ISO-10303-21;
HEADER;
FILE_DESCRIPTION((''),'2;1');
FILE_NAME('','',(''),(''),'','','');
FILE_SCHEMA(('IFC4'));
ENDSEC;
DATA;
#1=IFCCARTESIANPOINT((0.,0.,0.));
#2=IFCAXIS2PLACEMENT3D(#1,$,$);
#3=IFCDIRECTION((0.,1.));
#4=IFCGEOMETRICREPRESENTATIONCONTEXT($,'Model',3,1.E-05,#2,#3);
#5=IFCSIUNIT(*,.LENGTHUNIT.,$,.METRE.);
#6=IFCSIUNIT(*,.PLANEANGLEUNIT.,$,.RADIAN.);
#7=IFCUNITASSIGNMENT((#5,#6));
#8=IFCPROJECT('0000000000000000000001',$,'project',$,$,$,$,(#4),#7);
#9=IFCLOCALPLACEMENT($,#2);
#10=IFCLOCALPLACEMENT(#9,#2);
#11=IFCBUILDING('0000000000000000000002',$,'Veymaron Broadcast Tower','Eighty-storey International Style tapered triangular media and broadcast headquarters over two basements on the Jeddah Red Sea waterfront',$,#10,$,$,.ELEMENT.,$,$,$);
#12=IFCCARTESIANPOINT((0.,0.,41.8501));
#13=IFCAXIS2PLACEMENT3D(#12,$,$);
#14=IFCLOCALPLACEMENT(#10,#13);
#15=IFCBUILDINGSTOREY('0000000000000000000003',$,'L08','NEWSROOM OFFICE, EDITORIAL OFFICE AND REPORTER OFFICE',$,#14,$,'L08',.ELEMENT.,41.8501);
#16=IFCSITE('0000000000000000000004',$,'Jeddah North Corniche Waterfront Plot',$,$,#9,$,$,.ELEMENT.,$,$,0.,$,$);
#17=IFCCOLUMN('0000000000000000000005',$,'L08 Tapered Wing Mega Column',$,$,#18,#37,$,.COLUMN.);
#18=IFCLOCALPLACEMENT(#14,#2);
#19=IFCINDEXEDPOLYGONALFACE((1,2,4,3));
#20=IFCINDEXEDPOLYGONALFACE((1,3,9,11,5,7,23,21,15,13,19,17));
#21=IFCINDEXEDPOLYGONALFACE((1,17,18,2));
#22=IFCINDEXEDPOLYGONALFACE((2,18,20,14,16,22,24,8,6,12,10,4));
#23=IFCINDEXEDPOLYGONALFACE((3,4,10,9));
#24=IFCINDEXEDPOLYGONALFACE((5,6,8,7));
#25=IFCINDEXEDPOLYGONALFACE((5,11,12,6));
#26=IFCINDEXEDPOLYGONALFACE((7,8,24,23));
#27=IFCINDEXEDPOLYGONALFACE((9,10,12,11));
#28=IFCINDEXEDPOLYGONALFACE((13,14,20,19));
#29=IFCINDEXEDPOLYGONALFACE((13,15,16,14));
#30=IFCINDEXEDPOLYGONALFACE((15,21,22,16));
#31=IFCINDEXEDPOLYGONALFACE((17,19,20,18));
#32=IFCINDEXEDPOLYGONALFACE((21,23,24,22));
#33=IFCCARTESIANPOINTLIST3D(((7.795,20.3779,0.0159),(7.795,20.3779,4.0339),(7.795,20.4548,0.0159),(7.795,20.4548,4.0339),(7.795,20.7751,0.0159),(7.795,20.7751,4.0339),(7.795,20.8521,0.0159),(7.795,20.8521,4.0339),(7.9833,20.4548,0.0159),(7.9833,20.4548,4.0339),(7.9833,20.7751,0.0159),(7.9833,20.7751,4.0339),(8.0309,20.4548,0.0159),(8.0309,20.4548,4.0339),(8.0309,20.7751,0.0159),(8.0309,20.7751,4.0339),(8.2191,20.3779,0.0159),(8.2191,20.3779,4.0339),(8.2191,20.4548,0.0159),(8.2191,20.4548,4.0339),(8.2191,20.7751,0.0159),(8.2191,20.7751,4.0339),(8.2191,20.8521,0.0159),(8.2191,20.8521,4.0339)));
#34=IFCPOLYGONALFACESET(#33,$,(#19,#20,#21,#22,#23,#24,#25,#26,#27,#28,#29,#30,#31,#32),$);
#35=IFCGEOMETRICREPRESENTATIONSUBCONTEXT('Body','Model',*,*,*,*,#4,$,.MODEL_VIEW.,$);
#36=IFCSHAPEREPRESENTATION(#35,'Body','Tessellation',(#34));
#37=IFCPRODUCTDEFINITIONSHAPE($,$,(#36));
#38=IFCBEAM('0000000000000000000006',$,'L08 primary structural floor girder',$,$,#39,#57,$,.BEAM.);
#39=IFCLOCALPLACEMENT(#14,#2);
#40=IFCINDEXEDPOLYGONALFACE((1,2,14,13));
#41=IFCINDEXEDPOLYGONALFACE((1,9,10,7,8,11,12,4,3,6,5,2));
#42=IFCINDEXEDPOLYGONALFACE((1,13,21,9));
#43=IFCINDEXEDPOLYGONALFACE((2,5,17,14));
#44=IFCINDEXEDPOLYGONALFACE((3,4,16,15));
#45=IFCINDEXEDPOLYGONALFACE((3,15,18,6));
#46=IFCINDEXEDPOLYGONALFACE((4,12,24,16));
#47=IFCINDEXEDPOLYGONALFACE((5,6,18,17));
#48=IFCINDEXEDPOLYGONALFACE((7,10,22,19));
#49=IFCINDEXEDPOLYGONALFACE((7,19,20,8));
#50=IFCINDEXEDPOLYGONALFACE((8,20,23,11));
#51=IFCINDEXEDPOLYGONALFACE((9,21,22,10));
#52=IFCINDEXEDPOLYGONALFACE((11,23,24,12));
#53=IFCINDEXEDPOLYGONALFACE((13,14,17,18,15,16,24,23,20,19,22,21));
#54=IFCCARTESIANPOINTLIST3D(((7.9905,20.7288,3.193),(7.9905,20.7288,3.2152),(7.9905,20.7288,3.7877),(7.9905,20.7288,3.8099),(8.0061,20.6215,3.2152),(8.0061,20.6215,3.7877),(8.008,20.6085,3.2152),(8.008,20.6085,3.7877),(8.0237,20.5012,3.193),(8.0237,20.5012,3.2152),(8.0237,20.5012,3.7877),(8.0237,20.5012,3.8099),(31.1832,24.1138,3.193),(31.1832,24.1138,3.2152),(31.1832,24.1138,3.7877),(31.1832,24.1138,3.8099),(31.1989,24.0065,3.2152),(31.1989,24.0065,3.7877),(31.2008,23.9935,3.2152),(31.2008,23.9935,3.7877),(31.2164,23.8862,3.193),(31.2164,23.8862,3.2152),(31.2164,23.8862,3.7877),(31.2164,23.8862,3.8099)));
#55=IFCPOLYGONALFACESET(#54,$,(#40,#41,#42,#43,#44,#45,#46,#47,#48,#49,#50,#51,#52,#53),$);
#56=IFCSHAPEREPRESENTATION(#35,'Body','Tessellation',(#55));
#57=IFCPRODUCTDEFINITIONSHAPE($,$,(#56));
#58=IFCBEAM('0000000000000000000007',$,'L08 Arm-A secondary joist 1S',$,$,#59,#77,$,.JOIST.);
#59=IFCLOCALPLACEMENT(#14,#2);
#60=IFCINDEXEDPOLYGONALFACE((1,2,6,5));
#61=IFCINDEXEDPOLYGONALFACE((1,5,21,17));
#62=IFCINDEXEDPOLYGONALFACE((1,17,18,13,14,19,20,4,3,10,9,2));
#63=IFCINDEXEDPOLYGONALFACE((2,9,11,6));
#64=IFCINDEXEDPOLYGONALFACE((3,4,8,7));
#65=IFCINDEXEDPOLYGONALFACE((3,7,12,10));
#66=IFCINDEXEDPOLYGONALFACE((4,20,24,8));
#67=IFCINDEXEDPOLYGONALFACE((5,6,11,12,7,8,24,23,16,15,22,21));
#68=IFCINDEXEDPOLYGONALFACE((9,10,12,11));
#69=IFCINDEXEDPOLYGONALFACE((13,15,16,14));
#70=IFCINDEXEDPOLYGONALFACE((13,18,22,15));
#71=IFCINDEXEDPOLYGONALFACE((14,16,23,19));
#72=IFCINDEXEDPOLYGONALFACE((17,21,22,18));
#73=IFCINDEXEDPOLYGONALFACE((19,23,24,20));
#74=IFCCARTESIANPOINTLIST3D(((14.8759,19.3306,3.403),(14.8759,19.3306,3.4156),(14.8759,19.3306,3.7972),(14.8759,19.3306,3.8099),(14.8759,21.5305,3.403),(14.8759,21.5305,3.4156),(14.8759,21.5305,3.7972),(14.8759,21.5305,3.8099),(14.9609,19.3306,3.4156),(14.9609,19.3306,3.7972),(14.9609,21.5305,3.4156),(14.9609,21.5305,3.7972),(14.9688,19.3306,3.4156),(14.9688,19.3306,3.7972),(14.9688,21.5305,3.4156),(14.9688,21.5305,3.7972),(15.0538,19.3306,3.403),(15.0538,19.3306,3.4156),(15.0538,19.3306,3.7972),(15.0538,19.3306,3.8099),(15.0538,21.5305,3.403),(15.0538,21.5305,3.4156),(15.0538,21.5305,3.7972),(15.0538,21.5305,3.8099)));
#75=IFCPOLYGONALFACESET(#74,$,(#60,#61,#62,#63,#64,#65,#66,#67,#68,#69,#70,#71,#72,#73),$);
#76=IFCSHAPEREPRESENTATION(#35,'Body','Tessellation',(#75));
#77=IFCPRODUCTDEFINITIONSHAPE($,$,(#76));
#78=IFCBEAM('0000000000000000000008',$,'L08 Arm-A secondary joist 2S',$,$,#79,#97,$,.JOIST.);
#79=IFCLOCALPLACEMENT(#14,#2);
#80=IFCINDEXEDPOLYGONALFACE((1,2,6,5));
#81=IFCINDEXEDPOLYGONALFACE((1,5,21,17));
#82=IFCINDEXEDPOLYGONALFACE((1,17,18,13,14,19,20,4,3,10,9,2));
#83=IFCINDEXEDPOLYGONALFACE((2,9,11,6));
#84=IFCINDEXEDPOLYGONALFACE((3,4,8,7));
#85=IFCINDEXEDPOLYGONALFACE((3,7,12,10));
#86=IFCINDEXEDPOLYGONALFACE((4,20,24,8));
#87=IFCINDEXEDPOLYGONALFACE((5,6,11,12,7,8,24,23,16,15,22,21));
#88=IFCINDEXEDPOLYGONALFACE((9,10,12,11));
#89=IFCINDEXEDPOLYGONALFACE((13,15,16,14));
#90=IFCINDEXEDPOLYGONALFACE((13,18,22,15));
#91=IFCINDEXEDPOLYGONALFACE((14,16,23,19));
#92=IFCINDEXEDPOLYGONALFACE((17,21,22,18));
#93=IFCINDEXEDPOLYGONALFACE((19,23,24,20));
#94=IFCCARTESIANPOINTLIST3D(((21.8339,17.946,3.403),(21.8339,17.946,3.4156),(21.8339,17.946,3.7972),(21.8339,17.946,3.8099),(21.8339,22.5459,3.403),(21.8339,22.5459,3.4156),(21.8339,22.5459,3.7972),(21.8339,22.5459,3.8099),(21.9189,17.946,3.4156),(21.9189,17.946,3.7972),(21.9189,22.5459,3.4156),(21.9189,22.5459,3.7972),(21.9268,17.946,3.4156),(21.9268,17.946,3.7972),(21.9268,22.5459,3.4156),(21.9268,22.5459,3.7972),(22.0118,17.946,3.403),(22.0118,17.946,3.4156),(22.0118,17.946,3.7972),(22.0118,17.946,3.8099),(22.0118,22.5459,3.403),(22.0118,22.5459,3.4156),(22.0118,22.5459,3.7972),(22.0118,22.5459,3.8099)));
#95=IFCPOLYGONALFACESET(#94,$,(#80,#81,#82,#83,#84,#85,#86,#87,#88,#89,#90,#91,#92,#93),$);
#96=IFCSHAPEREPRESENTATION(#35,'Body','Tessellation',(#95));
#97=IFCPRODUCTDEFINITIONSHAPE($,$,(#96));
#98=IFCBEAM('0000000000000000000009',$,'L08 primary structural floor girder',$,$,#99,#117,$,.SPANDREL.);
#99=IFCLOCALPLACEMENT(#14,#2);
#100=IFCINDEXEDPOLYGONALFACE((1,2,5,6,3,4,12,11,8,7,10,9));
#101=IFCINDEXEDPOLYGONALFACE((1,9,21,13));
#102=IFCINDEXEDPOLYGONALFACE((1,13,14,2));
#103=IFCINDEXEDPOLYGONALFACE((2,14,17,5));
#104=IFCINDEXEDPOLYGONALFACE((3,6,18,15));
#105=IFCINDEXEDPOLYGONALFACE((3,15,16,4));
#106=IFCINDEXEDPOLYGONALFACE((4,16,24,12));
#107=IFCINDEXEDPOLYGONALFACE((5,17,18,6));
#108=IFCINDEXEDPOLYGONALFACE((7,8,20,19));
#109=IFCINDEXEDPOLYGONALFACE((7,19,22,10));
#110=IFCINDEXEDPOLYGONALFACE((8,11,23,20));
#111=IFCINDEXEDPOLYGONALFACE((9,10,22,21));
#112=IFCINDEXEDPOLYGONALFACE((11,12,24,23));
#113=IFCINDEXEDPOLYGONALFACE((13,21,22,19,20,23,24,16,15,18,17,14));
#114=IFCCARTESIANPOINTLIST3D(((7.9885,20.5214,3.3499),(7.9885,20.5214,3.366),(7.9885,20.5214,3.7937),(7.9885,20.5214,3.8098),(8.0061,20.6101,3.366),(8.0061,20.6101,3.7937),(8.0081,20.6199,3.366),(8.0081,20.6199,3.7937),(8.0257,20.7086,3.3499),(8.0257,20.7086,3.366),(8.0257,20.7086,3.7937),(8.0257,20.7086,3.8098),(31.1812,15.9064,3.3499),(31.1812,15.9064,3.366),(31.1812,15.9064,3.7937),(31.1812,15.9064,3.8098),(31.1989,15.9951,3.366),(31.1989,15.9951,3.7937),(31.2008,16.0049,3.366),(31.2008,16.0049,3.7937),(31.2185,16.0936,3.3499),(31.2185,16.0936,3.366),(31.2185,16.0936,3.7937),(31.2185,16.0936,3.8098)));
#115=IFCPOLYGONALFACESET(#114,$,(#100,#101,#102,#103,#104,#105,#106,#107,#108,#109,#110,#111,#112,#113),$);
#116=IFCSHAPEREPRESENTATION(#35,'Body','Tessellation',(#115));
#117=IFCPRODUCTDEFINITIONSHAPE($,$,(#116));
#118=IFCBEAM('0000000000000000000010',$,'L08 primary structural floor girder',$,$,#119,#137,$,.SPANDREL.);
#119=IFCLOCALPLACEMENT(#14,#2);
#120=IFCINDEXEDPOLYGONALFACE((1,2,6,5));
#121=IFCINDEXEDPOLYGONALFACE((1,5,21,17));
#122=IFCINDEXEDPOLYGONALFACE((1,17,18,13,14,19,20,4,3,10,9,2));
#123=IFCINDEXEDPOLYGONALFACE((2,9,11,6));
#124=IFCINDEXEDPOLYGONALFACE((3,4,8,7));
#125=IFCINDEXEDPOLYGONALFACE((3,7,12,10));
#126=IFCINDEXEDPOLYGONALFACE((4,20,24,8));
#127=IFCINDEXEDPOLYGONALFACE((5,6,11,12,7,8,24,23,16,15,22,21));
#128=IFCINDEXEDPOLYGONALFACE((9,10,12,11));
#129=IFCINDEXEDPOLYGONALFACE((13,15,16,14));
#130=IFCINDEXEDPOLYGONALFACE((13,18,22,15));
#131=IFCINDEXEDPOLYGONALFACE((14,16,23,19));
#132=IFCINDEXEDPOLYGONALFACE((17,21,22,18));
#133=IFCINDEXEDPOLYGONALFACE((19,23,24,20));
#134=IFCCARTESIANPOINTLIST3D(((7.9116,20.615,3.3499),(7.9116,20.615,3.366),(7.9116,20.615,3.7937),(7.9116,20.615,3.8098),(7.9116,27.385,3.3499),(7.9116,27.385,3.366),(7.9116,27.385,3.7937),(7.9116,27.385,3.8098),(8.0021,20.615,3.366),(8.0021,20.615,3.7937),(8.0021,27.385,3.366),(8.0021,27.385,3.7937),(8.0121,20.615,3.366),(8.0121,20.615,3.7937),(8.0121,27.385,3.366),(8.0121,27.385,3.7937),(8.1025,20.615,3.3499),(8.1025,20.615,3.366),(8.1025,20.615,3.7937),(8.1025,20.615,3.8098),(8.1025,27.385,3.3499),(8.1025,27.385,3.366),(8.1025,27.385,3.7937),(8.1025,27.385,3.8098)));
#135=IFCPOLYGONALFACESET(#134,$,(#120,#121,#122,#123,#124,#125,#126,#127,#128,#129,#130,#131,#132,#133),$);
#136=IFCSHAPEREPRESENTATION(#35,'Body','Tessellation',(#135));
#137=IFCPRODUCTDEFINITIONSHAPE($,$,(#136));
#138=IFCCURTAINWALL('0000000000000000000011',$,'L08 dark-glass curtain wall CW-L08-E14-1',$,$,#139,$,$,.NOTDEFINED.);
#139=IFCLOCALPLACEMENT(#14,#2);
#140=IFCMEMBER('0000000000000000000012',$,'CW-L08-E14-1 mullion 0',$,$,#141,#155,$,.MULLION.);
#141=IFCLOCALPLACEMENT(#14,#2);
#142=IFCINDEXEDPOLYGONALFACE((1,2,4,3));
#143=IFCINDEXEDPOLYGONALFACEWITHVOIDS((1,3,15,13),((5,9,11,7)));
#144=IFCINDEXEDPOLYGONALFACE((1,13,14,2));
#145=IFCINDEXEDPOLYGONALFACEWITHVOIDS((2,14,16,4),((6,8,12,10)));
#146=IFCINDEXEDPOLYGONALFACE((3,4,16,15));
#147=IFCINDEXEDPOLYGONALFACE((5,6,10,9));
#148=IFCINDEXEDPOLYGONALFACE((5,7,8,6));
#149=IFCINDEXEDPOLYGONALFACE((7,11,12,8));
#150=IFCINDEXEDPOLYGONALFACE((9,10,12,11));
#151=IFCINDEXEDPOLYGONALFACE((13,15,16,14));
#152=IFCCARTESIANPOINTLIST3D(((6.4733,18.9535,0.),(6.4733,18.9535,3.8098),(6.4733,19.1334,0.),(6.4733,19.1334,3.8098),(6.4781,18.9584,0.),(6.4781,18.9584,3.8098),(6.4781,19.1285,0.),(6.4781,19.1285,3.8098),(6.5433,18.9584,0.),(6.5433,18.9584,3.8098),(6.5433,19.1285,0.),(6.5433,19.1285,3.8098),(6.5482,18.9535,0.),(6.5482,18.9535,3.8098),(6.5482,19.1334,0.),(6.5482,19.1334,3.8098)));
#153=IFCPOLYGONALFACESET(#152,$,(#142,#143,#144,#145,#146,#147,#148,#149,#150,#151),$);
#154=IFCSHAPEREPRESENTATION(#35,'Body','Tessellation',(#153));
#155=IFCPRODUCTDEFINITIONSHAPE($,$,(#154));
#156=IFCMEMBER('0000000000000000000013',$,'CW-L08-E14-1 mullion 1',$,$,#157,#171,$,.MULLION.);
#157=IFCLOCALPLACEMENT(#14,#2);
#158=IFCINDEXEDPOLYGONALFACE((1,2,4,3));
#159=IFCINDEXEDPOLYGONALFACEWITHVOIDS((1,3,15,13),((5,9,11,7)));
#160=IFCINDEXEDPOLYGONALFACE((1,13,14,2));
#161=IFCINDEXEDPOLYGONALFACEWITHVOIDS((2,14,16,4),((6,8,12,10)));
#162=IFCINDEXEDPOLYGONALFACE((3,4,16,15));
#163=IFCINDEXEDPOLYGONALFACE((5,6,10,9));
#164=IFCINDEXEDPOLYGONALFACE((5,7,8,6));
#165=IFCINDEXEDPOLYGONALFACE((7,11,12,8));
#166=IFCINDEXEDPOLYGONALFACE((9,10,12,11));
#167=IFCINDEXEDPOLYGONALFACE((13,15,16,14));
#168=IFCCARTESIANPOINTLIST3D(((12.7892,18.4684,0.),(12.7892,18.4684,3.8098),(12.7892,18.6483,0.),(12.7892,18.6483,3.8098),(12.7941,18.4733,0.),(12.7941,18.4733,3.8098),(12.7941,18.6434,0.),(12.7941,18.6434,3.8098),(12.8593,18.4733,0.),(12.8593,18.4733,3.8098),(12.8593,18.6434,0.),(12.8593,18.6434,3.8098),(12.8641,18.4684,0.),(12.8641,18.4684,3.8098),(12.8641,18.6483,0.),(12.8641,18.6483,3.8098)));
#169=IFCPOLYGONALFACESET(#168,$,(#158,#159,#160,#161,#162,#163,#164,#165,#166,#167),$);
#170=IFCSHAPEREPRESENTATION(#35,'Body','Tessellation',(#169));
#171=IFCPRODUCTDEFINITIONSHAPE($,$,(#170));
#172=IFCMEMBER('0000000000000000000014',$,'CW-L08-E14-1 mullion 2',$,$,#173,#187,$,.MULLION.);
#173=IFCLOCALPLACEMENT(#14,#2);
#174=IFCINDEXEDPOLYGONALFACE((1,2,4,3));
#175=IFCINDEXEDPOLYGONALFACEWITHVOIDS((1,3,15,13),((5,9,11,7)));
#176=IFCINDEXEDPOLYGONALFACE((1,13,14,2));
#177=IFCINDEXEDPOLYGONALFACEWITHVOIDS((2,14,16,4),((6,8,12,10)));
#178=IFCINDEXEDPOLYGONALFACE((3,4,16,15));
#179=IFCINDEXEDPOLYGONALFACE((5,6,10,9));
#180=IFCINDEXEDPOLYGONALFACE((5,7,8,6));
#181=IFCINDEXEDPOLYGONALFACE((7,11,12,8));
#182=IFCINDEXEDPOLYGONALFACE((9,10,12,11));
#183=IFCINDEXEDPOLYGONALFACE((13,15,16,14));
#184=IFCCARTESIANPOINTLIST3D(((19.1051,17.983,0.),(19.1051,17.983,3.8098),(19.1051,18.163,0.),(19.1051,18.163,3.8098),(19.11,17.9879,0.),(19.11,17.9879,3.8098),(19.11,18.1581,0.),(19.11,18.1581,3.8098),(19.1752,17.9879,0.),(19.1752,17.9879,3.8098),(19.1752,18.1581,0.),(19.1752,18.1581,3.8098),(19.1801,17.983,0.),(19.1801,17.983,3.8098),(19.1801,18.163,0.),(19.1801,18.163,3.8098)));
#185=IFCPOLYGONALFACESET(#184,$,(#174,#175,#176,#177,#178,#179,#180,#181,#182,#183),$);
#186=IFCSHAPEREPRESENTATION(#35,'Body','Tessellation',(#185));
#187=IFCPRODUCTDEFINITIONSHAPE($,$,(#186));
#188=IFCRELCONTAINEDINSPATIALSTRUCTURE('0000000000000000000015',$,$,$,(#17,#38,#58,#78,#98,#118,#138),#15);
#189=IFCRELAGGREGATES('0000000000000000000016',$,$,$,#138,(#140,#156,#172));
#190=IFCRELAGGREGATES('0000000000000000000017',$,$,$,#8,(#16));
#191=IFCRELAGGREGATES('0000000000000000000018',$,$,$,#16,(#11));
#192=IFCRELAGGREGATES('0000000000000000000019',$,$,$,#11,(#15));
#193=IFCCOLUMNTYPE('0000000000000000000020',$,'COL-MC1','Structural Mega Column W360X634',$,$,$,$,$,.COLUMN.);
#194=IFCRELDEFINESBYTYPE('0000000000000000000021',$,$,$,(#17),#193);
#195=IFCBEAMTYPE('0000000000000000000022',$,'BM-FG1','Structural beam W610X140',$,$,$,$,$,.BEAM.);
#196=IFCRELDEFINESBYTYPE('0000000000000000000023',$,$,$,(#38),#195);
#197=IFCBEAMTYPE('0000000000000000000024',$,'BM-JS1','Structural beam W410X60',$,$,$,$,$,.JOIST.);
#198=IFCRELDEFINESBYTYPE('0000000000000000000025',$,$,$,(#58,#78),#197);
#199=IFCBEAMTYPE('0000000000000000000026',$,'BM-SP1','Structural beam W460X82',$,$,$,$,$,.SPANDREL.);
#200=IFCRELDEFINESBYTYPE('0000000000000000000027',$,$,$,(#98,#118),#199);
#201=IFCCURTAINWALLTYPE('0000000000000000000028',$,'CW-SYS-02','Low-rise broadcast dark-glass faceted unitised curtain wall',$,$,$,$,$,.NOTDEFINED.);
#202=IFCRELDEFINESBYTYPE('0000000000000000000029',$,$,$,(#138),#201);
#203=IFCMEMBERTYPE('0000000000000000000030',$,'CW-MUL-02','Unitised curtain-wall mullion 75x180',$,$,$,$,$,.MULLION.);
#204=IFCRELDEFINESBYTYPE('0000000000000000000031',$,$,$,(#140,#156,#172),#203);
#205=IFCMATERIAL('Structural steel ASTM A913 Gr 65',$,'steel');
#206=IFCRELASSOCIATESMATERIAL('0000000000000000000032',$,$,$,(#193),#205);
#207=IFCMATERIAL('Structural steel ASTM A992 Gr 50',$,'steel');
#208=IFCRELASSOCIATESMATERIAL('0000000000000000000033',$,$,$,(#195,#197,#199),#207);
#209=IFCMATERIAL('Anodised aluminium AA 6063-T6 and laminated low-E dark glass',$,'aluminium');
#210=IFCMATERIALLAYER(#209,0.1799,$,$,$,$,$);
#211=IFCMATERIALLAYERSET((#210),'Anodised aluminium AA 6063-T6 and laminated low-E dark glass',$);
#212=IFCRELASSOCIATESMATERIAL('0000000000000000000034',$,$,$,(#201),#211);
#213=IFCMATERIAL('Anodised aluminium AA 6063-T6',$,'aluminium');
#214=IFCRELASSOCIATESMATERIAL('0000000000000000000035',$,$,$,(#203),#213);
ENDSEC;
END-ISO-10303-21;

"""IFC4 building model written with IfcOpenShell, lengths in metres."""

from ifc_helpers import new_model, si_unit, direction, frame, origin, origin_2d, place, context, subcontext, project, spatial, hollow_rectangle, i_section, extrude, material, layer, layer_set, material_profile, profile_set, type_object, element, aggregate, save


model = new_model("IFC4")

# Units and contexts
model_context = context("Model", 3, precision=1e-05, world=origin(), true_north=direction((0.0, 1.0)))
body_context = subcontext(model_context, "Body", "Model", "MODEL_VIEW")
ifc_project = project(units=[si_unit("LENGTHUNIT", "METRE"), si_unit("PLANEANGLEUNIT", "RADIAN")], contexts=[model_context])

# Site, building, storey
site_placement = place(None, origin())
site = spatial("IfcSite", under=ifc_project, at=site_placement, Name="Jeddah North Corniche Waterfront Plot", CompositionType="ELEMENT", RefElevation=0.0)
building_placement = place(site_placement, origin())
building = spatial("IfcBuilding", under=site, at=building_placement, Name="Veymaron Broadcast Tower", Description="Eighty-storey International Style tapered triangular media and broadcast headquarters over two basements on the Jeddah Red Sea waterfront", CompositionType="ELEMENT")
storey_placement = place(building_placement, frame((0.0, 0.0, 41.8501)))
storey = spatial("IfcBuildingStorey", under=building, at=storey_placement, Name="L08", Description="NEWSROOM OFFICE, EDITORIAL OFFICE AND REPORTER OFFICE", LongName="L08", CompositionType="ELEMENT", Elevation=41.8501)

# Column
ifc_material_1 = material(Name="Structural steel ASTM A913 Gr 65", Category="steel")
ifc_material_profile_1 = material_profile(ifc_material_1, i_section(OverallWidth=0.4241, OverallDepth=0.4741, WebThickness=0.0476, FlangeThickness=0.0769, at=origin_2d()), Name="W360X634")
ifc_profile_set_1 = profile_set([ifc_material_profile_1], Name="Structural steel ASTM A913 Gr 65")
column_type = type_object("IfcColumnType", Name="COL-MC1", Description="Structural Mega Column W360X634", PredefinedType="COLUMN", material=ifc_profile_set_1)
column_placement = place(storey_placement, frame((8.0071, 20.615, 0.0159), z_axis=(0.0, 0.0, 1.0), x_axis=(1.0, 0.0, 0.0)))
element("IfcColumn", 1, at=column_placement, inside=storey, type_object=column_type, Name="L08 Tapered Wing Mega Column", PredefinedType="COLUMN", context=body_context, shape_type="SweptSolid", body=[
    extrude(i_section(OverallWidth=0.4241, OverallDepth=0.4741, WebThickness=0.0476, FlangeThickness=0.0769, at=origin_2d()), origin(), (0.0, 0.0, 1.0), 4.0181),
])

# Beams
ifc_material_2 = material(Name="Structural steel ASTM A992 Gr 50", Category="steel")
ifc_material_profile_2 = material_profile(ifc_material_2, i_section(OverallWidth=0.23, OverallDepth=0.6169, WebThickness=0.0132, FlangeThickness=0.0222, at=origin_2d()), Name="W610X140")
ifc_profile_set_2 = profile_set([ifc_material_profile_2], Name="Structural steel ASTM A992 Gr 50")
beam_type_1 = type_object("IfcBeamType", Name="BM-FG1", Description="Structural beam W610X140", PredefinedType="BEAM", material=ifc_profile_set_2)
beam_1_placement = place(storey_placement, frame((8.0071, 20.615, 3.5015), z_axis=(0.989516, 0.14442, 0.0), x_axis=(-0.14442, 0.989516, 0.0)))
element("IfcBeam", 2, at=beam_1_placement, inside=storey, type_object=beam_type_1, Name="L08 primary structural floor girder", PredefinedType="BEAM", context=body_context, shape_type="SweptSolid", body=[
    extrude(i_section(OverallWidth=0.23, OverallDepth=0.6169, WebThickness=0.0132, FlangeThickness=0.0222, at=origin_2d()), origin(), (0.0, 0.0, 1.0), 23.4385),
])
ifc_material_profile_3 = material_profile(ifc_material_2, i_section(OverallWidth=0.178, OverallDepth=0.407, WebThickness=0.0078, FlangeThickness=0.0127, at=origin_2d()), Name="W410X60")
ifc_profile_set_3 = profile_set([ifc_material_profile_3], Name="Structural steel ASTM A992 Gr 50")
beam_type_2 = type_object("IfcBeamType", Name="BM-JS1", Description="Structural beam W410X60", PredefinedType="JOIST", material=ifc_profile_set_3)
beam_2_placement = place(storey_placement, frame((14.9648, 19.3306, 3.6064), z_axis=(0.0, 1.0, 0.0), x_axis=(-1.0, 0.0, 0.0)))
element("IfcBeam", 3, at=beam_2_placement, inside=storey, type_object=beam_type_2, Name="L08 Arm-A secondary joist 1S", PredefinedType="JOIST", context=body_context, shape_type="SweptSolid", body=[
    extrude(i_section(OverallWidth=0.178, OverallDepth=0.407, WebThickness=0.0078, FlangeThickness=0.0127, at=origin_2d()), origin(), (0.0, 0.0, 1.0), 2.2),
])
beam_3_placement = place(storey_placement, frame((21.9229, 17.946, 3.6064), z_axis=(0.0, 1.0, 0.0), x_axis=(-1.0, 0.0, 0.0)))
element("IfcBeam", 4, at=beam_3_placement, inside=storey, type_object=beam_type_2, Name="L08 Arm-A secondary joist 2S", PredefinedType="JOIST", context=body_context, shape_type="SweptSolid", body=[
    extrude(i_section(OverallWidth=0.178, OverallDepth=0.407, WebThickness=0.0078, FlangeThickness=0.0127, at=origin_2d()), origin(), (0.0, 0.0, 1.0), 4.5999),
])
ifc_material_profile_4 = material_profile(ifc_material_2, i_section(OverallWidth=0.1909, OverallDepth=0.46, WebThickness=0.01, FlangeThickness=0.0161, at=origin_2d()), Name="W460X82")
ifc_profile_set_4 = profile_set([ifc_material_profile_4], Name="Structural steel ASTM A992 Gr 50")
beam_type_3 = type_object("IfcBeamType", Name="BM-SP1", Description="Structural beam W460X82", PredefinedType="SPANDREL", material=ifc_profile_set_4)
beam_4_placement = place(storey_placement, frame((8.0071, 20.615, 3.5798), z_axis=(0.980772, -0.195157, 0.0), x_axis=(0.195157, 0.980772, 0.0)))
element("IfcBeam", 5, at=beam_4_placement, inside=storey, type_object=beam_type_3, Name="L08 primary structural floor girder", PredefinedType="SPANDREL", context=body_context, shape_type="SweptSolid", body=[
    extrude(i_section(OverallWidth=0.1909, OverallDepth=0.46, WebThickness=0.01, FlangeThickness=0.0161, at=origin_2d()), origin(), (0.0, 0.0, 1.0), 23.6475),
])
beam_5_placement = place(storey_placement, frame((8.0071, 20.615, 3.5798), z_axis=(0.0, 1.0, 0.0), x_axis=(-1.0, 0.0, 0.0)))
element("IfcBeam", 6, at=beam_5_placement, inside=storey, type_object=beam_type_3, Name="L08 primary structural floor girder", PredefinedType="SPANDREL", context=body_context, shape_type="SweptSolid", body=[
    extrude(i_section(OverallWidth=0.1909, OverallDepth=0.46, WebThickness=0.01, FlangeThickness=0.0161, at=origin_2d()), origin(), (0.0, 0.0, 1.0), 6.77),
])

# Curtain wall, members
ifc_material_3 = material(Name="Anodised aluminium AA 6063-T6 and laminated low-E dark glass", Category="aluminium")
ifc_layer_1 = layer(ifc_material_3, 0.1799)
ifc_layer_set_1 = layer_set([ifc_layer_1], Name="Anodised aluminium AA 6063-T6 and laminated low-E dark glass")
curtain_wall_type = type_object("IfcCurtainWallType", Name="CW-SYS-02", Description="Low-rise broadcast dark-glass faceted unitised curtain wall", PredefinedType="NOTDEFINED", material=ifc_layer_set_1)
curtain_wall_placement = place(storey_placement, origin())
curtain_wall = element("IfcCurtainWall", 7, at=curtain_wall_placement, inside=storey, type_object=curtain_wall_type, Name="L08 dark-glass curtain wall CW-L08-E14-1", PredefinedType="NOTDEFINED")
ifc_material_4 = material(Name="Anodised aluminium AA 6063-T6", Category="aluminium")
ifc_material_profile_5 = material_profile(ifc_material_4, hollow_rectangle(XDim=0.075, YDim=0.1799, WallThickness=0.0049, at=origin_2d()), Name="AL180X75X5")
ifc_profile_set_5 = profile_set([ifc_material_profile_5], Name="Anodised aluminium AA 6063-T6")
member_type_1 = type_object("IfcMemberType", Name="CW-MUL-02", Description="Unitised curtain-wall mullion 75x180", PredefinedType="MULLION", material=ifc_profile_set_5)
member_1_placement = place(storey_placement, frame((6.5107, 19.0435, 0.0), z_axis=(0.0, 0.0, 1.0), x_axis=(1.0, 0.0, 0.0)))
member_1 = element("IfcMember", 8, at=member_1_placement, type_object=member_type_1, Name="CW-L08-E14-1 mullion 0", PredefinedType="MULLION", context=body_context, shape_type="SweptSolid", body=[
    extrude(hollow_rectangle(XDim=0.075, YDim=0.1799, WallThickness=0.0049, at=origin_2d()), origin(), (0.0, 0.0, 1.0), 3.8098),
])
member_2_placement = place(storey_placement, frame((12.8267, 18.5583, 0.0), z_axis=(0.0, 0.0, 1.0), x_axis=(1.0, 0.0, 0.0)))
member_2 = element("IfcMember", 9, at=member_2_placement, type_object=member_type_1, Name="CW-L08-E14-1 mullion 1", PredefinedType="MULLION", context=body_context, shape_type="SweptSolid", body=[
    extrude(hollow_rectangle(XDim=0.075, YDim=0.1799, WallThickness=0.0049, at=origin_2d()), origin(), (0.0, 0.0, 1.0), 3.8098),
])
member_3_placement = place(storey_placement, frame((19.1426, 18.073, 0.0), z_axis=(0.0, 0.0, 1.0), x_axis=(1.0, 0.0, 0.0)))
member_3 = element("IfcMember", 10, at=member_3_placement, type_object=member_type_1, Name="CW-L08-E14-1 mullion 2", PredefinedType="MULLION", context=body_context, shape_type="SweptSolid", body=[
    extrude(hollow_rectangle(XDim=0.075, YDim=0.1799, WallThickness=0.0049, at=origin_2d()), origin(), (0.0, 0.0, 1.0), 3.8098),
])
aggregate(curtain_wall, [member_1, member_2, member_3])

save(model, "model.ifc")
